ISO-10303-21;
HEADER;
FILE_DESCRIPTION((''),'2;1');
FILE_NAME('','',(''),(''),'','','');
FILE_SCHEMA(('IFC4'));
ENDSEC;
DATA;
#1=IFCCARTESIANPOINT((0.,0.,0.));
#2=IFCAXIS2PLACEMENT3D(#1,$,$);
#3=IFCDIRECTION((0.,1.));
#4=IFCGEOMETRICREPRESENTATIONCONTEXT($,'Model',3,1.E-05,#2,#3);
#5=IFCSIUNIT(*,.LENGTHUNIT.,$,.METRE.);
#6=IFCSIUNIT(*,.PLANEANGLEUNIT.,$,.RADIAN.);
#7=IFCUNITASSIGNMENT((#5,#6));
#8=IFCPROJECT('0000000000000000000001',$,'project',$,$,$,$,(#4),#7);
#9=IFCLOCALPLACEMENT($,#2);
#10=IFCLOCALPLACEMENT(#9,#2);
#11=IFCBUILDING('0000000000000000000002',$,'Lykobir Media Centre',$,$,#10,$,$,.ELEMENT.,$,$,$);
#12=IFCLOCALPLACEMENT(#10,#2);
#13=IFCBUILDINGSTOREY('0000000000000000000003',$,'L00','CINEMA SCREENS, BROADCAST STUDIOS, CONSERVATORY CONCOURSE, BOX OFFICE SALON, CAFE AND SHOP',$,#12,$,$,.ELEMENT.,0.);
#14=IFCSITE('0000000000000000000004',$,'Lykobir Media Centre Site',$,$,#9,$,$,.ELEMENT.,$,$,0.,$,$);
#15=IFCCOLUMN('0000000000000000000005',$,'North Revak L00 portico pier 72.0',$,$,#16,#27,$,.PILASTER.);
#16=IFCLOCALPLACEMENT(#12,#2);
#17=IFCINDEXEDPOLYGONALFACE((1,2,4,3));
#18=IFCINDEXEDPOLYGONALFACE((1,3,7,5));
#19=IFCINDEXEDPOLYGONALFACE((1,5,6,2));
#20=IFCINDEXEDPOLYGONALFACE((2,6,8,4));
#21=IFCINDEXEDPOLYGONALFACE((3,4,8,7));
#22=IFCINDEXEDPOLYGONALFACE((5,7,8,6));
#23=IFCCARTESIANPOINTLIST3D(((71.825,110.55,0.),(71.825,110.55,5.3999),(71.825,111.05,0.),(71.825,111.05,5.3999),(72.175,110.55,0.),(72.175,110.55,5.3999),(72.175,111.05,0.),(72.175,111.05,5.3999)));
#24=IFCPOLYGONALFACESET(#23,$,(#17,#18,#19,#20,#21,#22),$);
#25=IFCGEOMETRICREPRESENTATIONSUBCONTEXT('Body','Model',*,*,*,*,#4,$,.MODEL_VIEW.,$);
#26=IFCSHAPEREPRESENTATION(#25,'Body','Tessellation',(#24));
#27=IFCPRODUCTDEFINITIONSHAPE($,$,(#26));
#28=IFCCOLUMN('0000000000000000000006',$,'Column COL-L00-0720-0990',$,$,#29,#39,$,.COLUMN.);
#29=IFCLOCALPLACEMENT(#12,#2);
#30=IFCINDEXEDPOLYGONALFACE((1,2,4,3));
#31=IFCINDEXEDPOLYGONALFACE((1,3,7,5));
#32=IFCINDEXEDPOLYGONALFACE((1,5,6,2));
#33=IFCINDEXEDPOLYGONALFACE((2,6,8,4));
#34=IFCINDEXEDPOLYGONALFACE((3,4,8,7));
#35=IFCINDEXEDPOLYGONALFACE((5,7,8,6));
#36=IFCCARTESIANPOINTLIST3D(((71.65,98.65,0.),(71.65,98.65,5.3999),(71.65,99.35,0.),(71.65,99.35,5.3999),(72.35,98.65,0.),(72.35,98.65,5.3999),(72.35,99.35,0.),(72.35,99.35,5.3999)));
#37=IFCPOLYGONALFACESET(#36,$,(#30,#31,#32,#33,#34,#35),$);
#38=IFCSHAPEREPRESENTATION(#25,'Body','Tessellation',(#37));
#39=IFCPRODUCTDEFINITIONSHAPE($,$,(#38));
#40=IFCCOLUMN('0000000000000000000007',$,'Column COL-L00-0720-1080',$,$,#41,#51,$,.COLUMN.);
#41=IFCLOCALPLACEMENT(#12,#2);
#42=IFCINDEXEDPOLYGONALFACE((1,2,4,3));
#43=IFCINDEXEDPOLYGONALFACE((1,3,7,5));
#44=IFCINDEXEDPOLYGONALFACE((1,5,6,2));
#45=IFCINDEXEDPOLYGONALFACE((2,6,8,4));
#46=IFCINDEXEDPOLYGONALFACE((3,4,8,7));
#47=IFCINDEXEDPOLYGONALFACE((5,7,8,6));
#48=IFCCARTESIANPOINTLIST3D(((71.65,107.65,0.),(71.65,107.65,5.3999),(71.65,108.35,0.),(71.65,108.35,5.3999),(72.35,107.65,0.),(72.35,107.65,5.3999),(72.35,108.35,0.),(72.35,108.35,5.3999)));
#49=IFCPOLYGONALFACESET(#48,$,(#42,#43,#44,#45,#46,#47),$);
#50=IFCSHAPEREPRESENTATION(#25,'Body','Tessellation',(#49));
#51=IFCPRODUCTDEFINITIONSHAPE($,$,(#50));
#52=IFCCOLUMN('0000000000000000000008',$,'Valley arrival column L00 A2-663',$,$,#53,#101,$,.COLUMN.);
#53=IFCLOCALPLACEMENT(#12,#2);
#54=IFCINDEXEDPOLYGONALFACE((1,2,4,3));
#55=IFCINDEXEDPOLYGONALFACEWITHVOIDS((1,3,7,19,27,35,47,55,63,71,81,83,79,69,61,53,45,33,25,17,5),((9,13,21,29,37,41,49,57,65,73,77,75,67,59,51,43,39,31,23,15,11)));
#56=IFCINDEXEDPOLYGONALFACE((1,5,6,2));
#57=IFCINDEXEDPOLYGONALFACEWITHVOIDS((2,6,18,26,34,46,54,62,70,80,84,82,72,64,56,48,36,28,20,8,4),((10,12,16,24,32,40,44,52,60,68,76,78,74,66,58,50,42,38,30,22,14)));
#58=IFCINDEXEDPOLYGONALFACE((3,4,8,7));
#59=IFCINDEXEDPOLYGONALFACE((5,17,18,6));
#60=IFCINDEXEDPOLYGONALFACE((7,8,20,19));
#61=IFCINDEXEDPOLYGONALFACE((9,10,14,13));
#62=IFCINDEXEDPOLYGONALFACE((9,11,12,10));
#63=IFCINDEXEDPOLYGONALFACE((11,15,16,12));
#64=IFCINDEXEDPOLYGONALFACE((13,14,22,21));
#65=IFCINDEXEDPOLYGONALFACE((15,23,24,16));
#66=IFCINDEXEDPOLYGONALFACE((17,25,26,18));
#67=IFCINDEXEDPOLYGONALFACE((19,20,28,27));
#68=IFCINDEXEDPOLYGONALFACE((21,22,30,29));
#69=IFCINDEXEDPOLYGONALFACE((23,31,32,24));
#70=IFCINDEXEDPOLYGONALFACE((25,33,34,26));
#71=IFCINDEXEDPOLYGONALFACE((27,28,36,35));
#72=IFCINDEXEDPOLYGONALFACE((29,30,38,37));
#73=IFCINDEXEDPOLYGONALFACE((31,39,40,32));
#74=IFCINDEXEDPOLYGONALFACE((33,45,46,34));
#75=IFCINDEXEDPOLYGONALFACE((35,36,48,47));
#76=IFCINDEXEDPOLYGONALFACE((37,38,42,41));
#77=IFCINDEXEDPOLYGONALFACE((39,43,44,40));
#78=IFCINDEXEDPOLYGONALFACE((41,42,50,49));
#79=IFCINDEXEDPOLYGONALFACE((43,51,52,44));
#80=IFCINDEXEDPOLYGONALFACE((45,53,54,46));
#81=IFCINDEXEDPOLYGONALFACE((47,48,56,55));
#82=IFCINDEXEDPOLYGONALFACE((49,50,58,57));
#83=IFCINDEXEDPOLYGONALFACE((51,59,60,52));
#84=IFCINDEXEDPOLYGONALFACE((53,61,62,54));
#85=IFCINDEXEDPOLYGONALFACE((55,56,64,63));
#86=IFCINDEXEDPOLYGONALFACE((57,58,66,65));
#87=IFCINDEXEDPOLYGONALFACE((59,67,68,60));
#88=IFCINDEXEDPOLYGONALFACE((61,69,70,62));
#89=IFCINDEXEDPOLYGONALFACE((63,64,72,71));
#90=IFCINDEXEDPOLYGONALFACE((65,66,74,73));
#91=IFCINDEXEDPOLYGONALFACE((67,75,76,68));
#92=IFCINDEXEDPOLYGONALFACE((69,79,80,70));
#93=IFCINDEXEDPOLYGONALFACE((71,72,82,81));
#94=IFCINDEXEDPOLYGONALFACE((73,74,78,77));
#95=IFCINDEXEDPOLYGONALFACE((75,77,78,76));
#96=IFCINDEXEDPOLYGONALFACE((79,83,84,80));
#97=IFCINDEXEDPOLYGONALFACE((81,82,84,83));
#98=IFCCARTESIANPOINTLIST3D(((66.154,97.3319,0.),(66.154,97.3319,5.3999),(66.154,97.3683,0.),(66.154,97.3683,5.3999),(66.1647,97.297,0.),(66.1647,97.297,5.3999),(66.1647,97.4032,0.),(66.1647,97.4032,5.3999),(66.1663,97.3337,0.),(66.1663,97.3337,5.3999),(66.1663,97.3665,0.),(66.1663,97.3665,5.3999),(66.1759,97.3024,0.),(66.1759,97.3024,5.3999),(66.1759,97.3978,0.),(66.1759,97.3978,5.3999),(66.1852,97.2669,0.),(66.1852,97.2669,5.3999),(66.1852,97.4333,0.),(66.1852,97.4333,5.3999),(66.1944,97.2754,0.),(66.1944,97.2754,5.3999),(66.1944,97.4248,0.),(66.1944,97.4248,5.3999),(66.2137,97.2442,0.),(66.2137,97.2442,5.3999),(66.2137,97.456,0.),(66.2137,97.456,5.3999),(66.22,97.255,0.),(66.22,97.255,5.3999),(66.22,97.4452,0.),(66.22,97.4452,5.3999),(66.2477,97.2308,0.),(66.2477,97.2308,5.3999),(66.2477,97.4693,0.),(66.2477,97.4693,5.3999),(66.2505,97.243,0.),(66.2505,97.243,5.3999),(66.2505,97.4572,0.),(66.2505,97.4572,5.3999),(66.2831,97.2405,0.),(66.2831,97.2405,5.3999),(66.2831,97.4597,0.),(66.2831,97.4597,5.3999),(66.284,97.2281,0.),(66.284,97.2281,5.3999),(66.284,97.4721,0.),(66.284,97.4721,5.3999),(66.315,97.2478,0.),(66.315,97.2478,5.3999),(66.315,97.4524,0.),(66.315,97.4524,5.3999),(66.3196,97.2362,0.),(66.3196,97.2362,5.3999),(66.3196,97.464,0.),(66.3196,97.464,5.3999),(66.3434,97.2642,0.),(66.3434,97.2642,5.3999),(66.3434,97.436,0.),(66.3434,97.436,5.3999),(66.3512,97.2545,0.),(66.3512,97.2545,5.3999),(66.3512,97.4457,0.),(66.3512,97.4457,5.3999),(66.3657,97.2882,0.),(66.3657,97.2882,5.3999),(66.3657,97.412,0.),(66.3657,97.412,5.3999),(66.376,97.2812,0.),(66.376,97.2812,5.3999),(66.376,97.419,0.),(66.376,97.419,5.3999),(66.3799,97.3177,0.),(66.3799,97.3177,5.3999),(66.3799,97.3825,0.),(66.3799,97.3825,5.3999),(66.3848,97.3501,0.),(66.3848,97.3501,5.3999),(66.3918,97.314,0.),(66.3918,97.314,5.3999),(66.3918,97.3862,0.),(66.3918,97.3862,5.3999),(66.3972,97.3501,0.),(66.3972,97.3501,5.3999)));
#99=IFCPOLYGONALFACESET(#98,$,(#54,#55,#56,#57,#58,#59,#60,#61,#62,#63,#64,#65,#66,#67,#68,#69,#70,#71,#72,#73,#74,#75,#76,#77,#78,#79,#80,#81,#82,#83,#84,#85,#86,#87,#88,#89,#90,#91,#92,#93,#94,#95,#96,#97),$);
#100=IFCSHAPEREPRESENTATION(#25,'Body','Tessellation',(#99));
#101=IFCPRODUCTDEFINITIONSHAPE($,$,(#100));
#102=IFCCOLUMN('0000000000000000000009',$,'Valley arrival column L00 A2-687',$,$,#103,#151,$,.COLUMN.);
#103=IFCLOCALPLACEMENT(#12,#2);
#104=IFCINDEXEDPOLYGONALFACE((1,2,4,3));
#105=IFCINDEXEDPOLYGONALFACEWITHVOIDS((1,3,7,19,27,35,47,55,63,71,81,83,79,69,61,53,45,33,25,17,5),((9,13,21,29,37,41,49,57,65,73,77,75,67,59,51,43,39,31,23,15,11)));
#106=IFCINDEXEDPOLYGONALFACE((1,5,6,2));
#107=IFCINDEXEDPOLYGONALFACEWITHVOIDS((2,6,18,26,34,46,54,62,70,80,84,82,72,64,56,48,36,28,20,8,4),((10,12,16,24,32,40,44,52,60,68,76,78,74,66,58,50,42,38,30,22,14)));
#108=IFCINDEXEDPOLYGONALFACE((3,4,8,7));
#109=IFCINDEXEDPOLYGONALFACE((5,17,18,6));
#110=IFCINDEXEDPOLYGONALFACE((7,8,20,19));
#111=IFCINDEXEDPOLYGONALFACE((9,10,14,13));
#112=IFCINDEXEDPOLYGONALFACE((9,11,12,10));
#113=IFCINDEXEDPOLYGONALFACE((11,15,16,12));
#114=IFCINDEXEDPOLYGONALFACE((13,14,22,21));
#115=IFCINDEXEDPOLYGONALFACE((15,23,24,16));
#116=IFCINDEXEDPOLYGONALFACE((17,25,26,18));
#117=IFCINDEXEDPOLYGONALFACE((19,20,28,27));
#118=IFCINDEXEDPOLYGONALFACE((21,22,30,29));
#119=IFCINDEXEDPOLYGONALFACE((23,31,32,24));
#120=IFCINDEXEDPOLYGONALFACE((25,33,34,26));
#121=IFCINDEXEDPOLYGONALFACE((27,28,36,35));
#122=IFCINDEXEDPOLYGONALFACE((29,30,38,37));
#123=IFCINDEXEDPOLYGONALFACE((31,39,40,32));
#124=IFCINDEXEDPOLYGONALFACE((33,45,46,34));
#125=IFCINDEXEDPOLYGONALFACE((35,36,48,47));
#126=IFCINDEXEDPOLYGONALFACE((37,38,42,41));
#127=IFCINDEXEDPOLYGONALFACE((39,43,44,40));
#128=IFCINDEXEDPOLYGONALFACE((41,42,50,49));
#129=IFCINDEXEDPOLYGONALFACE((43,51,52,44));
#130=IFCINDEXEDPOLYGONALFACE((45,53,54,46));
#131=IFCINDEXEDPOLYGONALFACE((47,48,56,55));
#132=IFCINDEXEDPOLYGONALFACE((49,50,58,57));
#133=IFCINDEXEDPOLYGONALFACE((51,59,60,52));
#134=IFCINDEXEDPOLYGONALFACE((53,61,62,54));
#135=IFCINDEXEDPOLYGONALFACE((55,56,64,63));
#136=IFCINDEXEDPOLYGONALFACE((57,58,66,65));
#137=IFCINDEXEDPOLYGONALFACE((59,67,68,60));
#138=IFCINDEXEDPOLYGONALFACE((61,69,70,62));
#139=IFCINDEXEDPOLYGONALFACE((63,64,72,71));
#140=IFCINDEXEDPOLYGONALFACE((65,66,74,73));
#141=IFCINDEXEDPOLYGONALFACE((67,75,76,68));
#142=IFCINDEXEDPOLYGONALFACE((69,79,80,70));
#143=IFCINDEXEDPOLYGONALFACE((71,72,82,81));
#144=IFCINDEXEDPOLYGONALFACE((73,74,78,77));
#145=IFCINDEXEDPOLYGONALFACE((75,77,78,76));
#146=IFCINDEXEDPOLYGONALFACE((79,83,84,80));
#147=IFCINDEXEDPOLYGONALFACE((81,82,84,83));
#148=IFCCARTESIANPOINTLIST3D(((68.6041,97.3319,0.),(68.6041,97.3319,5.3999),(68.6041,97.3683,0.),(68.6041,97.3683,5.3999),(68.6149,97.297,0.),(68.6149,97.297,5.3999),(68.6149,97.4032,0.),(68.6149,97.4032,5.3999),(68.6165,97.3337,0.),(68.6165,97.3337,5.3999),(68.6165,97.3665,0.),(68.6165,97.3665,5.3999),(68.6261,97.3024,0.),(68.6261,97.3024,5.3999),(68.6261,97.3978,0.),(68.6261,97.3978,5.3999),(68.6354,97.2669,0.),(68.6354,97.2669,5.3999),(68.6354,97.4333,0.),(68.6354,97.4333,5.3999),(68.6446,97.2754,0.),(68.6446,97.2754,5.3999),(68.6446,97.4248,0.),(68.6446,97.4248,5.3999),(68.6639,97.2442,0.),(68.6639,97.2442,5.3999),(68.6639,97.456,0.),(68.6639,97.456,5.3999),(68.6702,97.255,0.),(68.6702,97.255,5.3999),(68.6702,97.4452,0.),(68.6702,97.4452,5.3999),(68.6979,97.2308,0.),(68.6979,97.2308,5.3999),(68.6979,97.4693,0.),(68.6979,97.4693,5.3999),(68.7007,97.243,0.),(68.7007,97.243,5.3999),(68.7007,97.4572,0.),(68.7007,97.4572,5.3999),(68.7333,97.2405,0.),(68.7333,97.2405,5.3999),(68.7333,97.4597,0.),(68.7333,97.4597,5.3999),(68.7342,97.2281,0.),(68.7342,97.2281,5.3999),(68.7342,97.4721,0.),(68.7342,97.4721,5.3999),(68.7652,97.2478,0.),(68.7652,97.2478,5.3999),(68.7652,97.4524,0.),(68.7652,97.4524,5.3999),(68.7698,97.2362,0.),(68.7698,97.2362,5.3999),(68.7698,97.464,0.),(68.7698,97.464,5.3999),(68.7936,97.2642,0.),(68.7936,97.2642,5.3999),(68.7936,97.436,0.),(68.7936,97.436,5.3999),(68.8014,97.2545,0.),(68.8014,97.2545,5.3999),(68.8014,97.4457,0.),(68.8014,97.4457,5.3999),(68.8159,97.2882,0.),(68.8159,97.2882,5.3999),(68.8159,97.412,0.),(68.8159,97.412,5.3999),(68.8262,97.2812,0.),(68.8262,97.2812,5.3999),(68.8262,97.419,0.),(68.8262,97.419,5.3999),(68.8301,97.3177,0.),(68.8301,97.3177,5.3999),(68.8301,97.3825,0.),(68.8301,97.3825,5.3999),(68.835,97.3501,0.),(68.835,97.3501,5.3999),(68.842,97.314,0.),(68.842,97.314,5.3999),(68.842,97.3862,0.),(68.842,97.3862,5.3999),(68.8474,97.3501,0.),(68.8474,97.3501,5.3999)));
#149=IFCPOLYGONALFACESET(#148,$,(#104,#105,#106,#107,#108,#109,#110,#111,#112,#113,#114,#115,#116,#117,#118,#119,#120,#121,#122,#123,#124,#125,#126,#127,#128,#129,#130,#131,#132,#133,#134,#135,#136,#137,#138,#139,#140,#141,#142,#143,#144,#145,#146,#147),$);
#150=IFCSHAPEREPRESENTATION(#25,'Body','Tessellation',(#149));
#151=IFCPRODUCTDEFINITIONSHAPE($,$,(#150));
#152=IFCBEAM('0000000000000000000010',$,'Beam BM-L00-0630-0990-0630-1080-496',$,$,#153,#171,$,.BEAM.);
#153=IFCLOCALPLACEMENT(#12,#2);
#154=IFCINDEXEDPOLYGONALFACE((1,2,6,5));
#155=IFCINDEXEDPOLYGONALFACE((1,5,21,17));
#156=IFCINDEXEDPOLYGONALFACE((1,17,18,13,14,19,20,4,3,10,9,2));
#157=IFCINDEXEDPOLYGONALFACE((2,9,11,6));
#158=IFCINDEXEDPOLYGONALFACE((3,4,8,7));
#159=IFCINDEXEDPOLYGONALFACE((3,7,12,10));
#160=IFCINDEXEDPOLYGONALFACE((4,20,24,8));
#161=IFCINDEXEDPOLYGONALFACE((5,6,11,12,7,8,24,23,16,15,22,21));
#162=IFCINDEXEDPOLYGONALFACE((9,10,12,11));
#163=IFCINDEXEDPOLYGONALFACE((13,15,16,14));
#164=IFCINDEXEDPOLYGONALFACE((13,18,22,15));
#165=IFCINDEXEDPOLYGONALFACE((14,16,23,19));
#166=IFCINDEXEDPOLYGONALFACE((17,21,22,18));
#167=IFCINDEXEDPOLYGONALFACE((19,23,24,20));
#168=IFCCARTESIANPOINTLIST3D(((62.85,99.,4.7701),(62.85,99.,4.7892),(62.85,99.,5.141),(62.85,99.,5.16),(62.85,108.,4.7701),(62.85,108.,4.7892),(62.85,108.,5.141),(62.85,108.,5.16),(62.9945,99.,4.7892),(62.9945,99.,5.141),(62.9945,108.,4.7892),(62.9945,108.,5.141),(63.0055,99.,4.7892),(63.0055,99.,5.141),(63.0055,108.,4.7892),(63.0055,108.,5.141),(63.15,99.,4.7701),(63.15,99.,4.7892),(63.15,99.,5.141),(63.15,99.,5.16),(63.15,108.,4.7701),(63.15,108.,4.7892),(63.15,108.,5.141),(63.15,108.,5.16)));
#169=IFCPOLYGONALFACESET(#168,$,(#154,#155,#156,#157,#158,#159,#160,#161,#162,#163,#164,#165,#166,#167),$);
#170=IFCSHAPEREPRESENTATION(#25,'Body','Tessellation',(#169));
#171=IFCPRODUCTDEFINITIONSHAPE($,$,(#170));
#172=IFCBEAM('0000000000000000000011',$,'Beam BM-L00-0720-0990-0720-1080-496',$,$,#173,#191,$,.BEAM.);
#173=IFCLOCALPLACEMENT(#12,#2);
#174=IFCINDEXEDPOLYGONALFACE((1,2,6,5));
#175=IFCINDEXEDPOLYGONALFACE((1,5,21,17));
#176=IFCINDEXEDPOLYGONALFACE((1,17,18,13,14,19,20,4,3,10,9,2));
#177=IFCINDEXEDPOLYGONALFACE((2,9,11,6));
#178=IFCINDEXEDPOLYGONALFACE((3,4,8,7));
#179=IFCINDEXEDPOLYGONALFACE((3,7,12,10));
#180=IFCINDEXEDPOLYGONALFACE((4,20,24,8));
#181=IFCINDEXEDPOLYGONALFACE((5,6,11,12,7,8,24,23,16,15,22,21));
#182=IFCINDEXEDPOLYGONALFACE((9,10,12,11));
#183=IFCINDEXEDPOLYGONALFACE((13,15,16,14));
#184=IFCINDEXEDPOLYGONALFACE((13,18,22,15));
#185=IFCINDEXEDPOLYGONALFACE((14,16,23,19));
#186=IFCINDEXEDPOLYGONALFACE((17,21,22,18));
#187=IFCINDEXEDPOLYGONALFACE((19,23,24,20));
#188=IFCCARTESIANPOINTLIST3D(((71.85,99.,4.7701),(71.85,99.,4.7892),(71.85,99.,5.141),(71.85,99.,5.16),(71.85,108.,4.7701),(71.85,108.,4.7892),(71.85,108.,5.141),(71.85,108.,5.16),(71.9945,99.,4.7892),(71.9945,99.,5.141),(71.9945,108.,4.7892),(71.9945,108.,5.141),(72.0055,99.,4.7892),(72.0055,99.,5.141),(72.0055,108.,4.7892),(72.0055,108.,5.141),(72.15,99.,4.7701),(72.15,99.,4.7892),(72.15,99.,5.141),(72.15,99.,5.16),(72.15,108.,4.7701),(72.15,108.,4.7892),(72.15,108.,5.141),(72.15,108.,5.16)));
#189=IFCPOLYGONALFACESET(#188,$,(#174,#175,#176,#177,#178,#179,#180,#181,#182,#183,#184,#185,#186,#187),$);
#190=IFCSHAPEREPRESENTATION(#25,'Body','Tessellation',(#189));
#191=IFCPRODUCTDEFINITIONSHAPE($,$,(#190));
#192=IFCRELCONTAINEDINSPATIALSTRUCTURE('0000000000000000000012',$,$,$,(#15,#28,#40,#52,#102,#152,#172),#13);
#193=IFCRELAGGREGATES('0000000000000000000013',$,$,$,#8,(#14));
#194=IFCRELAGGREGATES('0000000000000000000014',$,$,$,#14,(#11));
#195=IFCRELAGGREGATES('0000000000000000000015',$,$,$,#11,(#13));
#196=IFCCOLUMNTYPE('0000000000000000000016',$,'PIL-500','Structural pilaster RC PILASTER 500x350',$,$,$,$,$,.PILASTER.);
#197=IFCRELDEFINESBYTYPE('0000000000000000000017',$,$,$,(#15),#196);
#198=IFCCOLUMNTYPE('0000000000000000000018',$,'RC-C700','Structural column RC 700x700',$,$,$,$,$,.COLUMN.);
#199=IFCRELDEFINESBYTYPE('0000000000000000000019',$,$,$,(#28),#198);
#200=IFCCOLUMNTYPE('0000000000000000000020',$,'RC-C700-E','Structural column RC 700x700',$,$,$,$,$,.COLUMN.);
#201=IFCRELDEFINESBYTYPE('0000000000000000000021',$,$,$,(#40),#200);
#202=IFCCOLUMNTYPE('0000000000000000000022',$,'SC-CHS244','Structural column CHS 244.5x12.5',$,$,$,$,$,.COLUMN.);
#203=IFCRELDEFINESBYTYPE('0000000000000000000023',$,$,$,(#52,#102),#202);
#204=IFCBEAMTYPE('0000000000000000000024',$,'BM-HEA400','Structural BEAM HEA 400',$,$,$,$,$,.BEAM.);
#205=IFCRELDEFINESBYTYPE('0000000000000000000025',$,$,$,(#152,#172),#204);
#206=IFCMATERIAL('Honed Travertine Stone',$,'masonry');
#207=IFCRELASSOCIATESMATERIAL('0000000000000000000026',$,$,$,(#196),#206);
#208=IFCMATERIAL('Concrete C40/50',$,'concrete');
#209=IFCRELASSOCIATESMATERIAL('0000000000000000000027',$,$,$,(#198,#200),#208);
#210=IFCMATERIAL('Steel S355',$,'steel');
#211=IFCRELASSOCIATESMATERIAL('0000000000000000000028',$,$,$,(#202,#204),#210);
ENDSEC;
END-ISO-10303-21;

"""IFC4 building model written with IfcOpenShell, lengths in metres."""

from ifc_helpers import new_model, si_unit, direction, frame, origin, origin_2d, place, context, subcontext, project, spatial, rectangle, hollow_circle, i_section, extrude, material, material_profile, profile_set, type_object, element, save


model = new_model("IFC4")

# Units and contexts
model_context = context("Model", 3, precision=1e-05, world=origin(), true_north=direction((0.0, 1.0)))
body_context = subcontext(model_context, "Body", "Model", "MODEL_VIEW")
ifc_project = project(units=[si_unit("LENGTHUNIT", "METRE"), si_unit("PLANEANGLEUNIT", "RADIAN")], contexts=[model_context])

# Site, building, storey
site_placement = place(None, origin())
site = spatial("IfcSite", under=ifc_project, at=site_placement, Name="Lykobir Media Centre Site", CompositionType="ELEMENT", RefElevation=0.0)
building_placement = place(site_placement, origin())
building = spatial("IfcBuilding", under=site, at=building_placement, Name="Lykobir Media Centre", CompositionType="ELEMENT")
storey_placement = place(building_placement, origin())
storey = spatial("IfcBuildingStorey", under=building, at=storey_placement, Name="L00", Description="CINEMA SCREENS, BROADCAST STUDIOS, CONSERVATORY CONCOURSE, BOX OFFICE SALON, CAFE AND SHOP", CompositionType="ELEMENT", Elevation=0.0)

# Columns
ifc_material_1 = material(Name="Honed Travertine Stone", Category="masonry")
ifc_material_profile_1 = material_profile(ifc_material_1, rectangle(XDim=0.3501, YDim=0.5, at=origin_2d()), Name="RC PILASTER 500x350")
ifc_profile_set_1 = profile_set([ifc_material_profile_1], Name="Honed Travertine Stone")
column_type_1 = type_object("IfcColumnType", Name="PIL-500", Description="Structural pilaster RC PILASTER 500x350", PredefinedType="PILASTER", material=ifc_profile_set_1)
column_1_placement = place(storey_placement, frame((72.0, 110.8, 0.0), z_axis=(0.0, 0.0, 1.0), x_axis=(1.0, 0.0, 0.0)))
element("IfcColumn", 1, at=column_1_placement, inside=storey, type_object=column_type_1, Name="North Revak L00 portico pier 72.0", PredefinedType="PILASTER", context=body_context, shape_type="SweptSolid", body=[
    extrude(rectangle(XDim=0.3501, YDim=0.5, at=origin_2d()), origin(), (0.0, 0.0, 1.0), 5.3999),
])
ifc_material_2 = material(Name="Concrete C40/50", Category="concrete")
ifc_material_profile_2 = material_profile(ifc_material_2, rectangle(XDim=0.7, YDim=0.7, at=origin_2d()), Name="RC 700x700")
ifc_profile_set_2 = profile_set([ifc_material_profile_2], Name="Concrete C40/50")
column_type_2 = type_object("IfcColumnType", Name="RC-C700", Description="Structural column RC 700x700", PredefinedType="COLUMN", material=ifc_profile_set_2)
column_2_placement = place(storey_placement, frame((72.0, 99.0, 0.0), z_axis=(0.0, 0.0, 1.0), x_axis=(1.0, 0.0, 0.0)))
element("IfcColumn", 2, at=column_2_placement, inside=storey, type_object=column_type_2, Name="Column COL-L00-0720-0990", PredefinedType="COLUMN", context=body_context, shape_type="SweptSolid", body=[
    extrude(rectangle(XDim=0.7, YDim=0.7, at=origin_2d()), origin(), (0.0, 0.0, 1.0), 5.3999),
])
ifc_material_profile_3 = material_profile(ifc_material_2, rectangle(XDim=0.7, YDim=0.7, at=origin_2d()), Name="RC 700x700")
ifc_profile_set_3 = profile_set([ifc_material_profile_3], Name="Concrete C40/50")
column_type_3 = type_object("IfcColumnType", Name="RC-C700-E", Description="Structural column RC 700x700", PredefinedType="COLUMN", material=ifc_profile_set_3)
column_3_placement = place(storey_placement, frame((72.0, 108.0, 0.0), z_axis=(0.0, 0.0, 1.0), x_axis=(1.0, 0.0, 0.0)))
element("IfcColumn", 3, at=column_3_placement, inside=storey, type_object=column_type_3, Name="Column COL-L00-0720-1080", PredefinedType="COLUMN", context=body_context, shape_type="SweptSolid", body=[
    extrude(rectangle(XDim=0.7, YDim=0.7, at=origin_2d()), origin(), (0.0, 0.0, 1.0), 5.3999),
])
ifc_material_3 = material(Name="Steel S355", Category="steel")
ifc_material_profile_4 = material_profile(ifc_material_3, hollow_circle(Radius=0.1223, WallThickness=0.0125, at=origin_2d()), Name="CHS 244.5x12.5")
ifc_profile_set_4 = profile_set([ifc_material_profile_4], Name="Steel S355")
column_type_4 = type_object("IfcColumnType", Name="SC-CHS244", Description="Structural column CHS 244.5x12.5", PredefinedType="COLUMN", material=ifc_profile_set_4)
for number, where, z_axis, x_axis, name in (
    (4, (66.2749, 97.3501, 0.0), (0.0, 0.0, 1.0), (1.0, 0.0, 0.0), "Valley arrival column L00 A2-663"),
    (5, (68.7251, 97.3501, 0.0), (0.0, 0.0, 1.0), (1.0, 0.0, 0.0), "Valley arrival column L00 A2-687"),
):
    element("IfcColumn", number, at=place(storey_placement, frame(where, z_axis=z_axis, x_axis=x_axis)), inside=storey, type_object=column_type_4, Name=name, PredefinedType="COLUMN", context=body_context, shape_type="SweptSolid", body=[
        extrude(hollow_circle(Radius=0.1223, WallThickness=0.0125, at=origin_2d()), origin(), (0.0, 0.0, 1.0), 5.3999),
    ])

# Beams
ifc_material_profile_5 = material_profile(ifc_material_3, i_section(OverallWidth=0.3, OverallDepth=0.3899, WebThickness=0.011, FlangeThickness=0.019, at=origin_2d()), Name="HEA 400")
ifc_profile_set_5 = profile_set([ifc_material_profile_5], Name="Steel S355")
beam_type_1 = type_object("IfcBeamType", Name="BM-HEA400", Description="Structural BEAM HEA 400", PredefinedType="BEAM", material=ifc_profile_set_5)
for number, where, z_axis, x_axis, name in (
    (6, (63.0, 99.0, 4.9651), (0.0, 1.0, 0.0), (-1.0, 0.0, 0.0), "Beam BM-L00-0630-0990-0630-1080-496"),
    (7, (72.0, 99.0, 4.9651), (0.0, 1.0, 0.0), (-1.0, 0.0, 0.0), "Beam BM-L00-0720-0990-0720-1080-496"),
):
    element("IfcBeam", number, at=place(storey_placement, frame(where, z_axis=z_axis, x_axis=x_axis)), inside=storey, type_object=beam_type_1, Name=name, PredefinedType="BEAM", context=body_context, shape_type="SweptSolid", body=[
        extrude(i_section(OverallWidth=0.3, OverallDepth=0.3899, WebThickness=0.011, FlangeThickness=0.019, at=origin_2d()), origin(), (0.0, 0.0, 1.0), 9.0),
    ])

save(model, "model.ifc")
